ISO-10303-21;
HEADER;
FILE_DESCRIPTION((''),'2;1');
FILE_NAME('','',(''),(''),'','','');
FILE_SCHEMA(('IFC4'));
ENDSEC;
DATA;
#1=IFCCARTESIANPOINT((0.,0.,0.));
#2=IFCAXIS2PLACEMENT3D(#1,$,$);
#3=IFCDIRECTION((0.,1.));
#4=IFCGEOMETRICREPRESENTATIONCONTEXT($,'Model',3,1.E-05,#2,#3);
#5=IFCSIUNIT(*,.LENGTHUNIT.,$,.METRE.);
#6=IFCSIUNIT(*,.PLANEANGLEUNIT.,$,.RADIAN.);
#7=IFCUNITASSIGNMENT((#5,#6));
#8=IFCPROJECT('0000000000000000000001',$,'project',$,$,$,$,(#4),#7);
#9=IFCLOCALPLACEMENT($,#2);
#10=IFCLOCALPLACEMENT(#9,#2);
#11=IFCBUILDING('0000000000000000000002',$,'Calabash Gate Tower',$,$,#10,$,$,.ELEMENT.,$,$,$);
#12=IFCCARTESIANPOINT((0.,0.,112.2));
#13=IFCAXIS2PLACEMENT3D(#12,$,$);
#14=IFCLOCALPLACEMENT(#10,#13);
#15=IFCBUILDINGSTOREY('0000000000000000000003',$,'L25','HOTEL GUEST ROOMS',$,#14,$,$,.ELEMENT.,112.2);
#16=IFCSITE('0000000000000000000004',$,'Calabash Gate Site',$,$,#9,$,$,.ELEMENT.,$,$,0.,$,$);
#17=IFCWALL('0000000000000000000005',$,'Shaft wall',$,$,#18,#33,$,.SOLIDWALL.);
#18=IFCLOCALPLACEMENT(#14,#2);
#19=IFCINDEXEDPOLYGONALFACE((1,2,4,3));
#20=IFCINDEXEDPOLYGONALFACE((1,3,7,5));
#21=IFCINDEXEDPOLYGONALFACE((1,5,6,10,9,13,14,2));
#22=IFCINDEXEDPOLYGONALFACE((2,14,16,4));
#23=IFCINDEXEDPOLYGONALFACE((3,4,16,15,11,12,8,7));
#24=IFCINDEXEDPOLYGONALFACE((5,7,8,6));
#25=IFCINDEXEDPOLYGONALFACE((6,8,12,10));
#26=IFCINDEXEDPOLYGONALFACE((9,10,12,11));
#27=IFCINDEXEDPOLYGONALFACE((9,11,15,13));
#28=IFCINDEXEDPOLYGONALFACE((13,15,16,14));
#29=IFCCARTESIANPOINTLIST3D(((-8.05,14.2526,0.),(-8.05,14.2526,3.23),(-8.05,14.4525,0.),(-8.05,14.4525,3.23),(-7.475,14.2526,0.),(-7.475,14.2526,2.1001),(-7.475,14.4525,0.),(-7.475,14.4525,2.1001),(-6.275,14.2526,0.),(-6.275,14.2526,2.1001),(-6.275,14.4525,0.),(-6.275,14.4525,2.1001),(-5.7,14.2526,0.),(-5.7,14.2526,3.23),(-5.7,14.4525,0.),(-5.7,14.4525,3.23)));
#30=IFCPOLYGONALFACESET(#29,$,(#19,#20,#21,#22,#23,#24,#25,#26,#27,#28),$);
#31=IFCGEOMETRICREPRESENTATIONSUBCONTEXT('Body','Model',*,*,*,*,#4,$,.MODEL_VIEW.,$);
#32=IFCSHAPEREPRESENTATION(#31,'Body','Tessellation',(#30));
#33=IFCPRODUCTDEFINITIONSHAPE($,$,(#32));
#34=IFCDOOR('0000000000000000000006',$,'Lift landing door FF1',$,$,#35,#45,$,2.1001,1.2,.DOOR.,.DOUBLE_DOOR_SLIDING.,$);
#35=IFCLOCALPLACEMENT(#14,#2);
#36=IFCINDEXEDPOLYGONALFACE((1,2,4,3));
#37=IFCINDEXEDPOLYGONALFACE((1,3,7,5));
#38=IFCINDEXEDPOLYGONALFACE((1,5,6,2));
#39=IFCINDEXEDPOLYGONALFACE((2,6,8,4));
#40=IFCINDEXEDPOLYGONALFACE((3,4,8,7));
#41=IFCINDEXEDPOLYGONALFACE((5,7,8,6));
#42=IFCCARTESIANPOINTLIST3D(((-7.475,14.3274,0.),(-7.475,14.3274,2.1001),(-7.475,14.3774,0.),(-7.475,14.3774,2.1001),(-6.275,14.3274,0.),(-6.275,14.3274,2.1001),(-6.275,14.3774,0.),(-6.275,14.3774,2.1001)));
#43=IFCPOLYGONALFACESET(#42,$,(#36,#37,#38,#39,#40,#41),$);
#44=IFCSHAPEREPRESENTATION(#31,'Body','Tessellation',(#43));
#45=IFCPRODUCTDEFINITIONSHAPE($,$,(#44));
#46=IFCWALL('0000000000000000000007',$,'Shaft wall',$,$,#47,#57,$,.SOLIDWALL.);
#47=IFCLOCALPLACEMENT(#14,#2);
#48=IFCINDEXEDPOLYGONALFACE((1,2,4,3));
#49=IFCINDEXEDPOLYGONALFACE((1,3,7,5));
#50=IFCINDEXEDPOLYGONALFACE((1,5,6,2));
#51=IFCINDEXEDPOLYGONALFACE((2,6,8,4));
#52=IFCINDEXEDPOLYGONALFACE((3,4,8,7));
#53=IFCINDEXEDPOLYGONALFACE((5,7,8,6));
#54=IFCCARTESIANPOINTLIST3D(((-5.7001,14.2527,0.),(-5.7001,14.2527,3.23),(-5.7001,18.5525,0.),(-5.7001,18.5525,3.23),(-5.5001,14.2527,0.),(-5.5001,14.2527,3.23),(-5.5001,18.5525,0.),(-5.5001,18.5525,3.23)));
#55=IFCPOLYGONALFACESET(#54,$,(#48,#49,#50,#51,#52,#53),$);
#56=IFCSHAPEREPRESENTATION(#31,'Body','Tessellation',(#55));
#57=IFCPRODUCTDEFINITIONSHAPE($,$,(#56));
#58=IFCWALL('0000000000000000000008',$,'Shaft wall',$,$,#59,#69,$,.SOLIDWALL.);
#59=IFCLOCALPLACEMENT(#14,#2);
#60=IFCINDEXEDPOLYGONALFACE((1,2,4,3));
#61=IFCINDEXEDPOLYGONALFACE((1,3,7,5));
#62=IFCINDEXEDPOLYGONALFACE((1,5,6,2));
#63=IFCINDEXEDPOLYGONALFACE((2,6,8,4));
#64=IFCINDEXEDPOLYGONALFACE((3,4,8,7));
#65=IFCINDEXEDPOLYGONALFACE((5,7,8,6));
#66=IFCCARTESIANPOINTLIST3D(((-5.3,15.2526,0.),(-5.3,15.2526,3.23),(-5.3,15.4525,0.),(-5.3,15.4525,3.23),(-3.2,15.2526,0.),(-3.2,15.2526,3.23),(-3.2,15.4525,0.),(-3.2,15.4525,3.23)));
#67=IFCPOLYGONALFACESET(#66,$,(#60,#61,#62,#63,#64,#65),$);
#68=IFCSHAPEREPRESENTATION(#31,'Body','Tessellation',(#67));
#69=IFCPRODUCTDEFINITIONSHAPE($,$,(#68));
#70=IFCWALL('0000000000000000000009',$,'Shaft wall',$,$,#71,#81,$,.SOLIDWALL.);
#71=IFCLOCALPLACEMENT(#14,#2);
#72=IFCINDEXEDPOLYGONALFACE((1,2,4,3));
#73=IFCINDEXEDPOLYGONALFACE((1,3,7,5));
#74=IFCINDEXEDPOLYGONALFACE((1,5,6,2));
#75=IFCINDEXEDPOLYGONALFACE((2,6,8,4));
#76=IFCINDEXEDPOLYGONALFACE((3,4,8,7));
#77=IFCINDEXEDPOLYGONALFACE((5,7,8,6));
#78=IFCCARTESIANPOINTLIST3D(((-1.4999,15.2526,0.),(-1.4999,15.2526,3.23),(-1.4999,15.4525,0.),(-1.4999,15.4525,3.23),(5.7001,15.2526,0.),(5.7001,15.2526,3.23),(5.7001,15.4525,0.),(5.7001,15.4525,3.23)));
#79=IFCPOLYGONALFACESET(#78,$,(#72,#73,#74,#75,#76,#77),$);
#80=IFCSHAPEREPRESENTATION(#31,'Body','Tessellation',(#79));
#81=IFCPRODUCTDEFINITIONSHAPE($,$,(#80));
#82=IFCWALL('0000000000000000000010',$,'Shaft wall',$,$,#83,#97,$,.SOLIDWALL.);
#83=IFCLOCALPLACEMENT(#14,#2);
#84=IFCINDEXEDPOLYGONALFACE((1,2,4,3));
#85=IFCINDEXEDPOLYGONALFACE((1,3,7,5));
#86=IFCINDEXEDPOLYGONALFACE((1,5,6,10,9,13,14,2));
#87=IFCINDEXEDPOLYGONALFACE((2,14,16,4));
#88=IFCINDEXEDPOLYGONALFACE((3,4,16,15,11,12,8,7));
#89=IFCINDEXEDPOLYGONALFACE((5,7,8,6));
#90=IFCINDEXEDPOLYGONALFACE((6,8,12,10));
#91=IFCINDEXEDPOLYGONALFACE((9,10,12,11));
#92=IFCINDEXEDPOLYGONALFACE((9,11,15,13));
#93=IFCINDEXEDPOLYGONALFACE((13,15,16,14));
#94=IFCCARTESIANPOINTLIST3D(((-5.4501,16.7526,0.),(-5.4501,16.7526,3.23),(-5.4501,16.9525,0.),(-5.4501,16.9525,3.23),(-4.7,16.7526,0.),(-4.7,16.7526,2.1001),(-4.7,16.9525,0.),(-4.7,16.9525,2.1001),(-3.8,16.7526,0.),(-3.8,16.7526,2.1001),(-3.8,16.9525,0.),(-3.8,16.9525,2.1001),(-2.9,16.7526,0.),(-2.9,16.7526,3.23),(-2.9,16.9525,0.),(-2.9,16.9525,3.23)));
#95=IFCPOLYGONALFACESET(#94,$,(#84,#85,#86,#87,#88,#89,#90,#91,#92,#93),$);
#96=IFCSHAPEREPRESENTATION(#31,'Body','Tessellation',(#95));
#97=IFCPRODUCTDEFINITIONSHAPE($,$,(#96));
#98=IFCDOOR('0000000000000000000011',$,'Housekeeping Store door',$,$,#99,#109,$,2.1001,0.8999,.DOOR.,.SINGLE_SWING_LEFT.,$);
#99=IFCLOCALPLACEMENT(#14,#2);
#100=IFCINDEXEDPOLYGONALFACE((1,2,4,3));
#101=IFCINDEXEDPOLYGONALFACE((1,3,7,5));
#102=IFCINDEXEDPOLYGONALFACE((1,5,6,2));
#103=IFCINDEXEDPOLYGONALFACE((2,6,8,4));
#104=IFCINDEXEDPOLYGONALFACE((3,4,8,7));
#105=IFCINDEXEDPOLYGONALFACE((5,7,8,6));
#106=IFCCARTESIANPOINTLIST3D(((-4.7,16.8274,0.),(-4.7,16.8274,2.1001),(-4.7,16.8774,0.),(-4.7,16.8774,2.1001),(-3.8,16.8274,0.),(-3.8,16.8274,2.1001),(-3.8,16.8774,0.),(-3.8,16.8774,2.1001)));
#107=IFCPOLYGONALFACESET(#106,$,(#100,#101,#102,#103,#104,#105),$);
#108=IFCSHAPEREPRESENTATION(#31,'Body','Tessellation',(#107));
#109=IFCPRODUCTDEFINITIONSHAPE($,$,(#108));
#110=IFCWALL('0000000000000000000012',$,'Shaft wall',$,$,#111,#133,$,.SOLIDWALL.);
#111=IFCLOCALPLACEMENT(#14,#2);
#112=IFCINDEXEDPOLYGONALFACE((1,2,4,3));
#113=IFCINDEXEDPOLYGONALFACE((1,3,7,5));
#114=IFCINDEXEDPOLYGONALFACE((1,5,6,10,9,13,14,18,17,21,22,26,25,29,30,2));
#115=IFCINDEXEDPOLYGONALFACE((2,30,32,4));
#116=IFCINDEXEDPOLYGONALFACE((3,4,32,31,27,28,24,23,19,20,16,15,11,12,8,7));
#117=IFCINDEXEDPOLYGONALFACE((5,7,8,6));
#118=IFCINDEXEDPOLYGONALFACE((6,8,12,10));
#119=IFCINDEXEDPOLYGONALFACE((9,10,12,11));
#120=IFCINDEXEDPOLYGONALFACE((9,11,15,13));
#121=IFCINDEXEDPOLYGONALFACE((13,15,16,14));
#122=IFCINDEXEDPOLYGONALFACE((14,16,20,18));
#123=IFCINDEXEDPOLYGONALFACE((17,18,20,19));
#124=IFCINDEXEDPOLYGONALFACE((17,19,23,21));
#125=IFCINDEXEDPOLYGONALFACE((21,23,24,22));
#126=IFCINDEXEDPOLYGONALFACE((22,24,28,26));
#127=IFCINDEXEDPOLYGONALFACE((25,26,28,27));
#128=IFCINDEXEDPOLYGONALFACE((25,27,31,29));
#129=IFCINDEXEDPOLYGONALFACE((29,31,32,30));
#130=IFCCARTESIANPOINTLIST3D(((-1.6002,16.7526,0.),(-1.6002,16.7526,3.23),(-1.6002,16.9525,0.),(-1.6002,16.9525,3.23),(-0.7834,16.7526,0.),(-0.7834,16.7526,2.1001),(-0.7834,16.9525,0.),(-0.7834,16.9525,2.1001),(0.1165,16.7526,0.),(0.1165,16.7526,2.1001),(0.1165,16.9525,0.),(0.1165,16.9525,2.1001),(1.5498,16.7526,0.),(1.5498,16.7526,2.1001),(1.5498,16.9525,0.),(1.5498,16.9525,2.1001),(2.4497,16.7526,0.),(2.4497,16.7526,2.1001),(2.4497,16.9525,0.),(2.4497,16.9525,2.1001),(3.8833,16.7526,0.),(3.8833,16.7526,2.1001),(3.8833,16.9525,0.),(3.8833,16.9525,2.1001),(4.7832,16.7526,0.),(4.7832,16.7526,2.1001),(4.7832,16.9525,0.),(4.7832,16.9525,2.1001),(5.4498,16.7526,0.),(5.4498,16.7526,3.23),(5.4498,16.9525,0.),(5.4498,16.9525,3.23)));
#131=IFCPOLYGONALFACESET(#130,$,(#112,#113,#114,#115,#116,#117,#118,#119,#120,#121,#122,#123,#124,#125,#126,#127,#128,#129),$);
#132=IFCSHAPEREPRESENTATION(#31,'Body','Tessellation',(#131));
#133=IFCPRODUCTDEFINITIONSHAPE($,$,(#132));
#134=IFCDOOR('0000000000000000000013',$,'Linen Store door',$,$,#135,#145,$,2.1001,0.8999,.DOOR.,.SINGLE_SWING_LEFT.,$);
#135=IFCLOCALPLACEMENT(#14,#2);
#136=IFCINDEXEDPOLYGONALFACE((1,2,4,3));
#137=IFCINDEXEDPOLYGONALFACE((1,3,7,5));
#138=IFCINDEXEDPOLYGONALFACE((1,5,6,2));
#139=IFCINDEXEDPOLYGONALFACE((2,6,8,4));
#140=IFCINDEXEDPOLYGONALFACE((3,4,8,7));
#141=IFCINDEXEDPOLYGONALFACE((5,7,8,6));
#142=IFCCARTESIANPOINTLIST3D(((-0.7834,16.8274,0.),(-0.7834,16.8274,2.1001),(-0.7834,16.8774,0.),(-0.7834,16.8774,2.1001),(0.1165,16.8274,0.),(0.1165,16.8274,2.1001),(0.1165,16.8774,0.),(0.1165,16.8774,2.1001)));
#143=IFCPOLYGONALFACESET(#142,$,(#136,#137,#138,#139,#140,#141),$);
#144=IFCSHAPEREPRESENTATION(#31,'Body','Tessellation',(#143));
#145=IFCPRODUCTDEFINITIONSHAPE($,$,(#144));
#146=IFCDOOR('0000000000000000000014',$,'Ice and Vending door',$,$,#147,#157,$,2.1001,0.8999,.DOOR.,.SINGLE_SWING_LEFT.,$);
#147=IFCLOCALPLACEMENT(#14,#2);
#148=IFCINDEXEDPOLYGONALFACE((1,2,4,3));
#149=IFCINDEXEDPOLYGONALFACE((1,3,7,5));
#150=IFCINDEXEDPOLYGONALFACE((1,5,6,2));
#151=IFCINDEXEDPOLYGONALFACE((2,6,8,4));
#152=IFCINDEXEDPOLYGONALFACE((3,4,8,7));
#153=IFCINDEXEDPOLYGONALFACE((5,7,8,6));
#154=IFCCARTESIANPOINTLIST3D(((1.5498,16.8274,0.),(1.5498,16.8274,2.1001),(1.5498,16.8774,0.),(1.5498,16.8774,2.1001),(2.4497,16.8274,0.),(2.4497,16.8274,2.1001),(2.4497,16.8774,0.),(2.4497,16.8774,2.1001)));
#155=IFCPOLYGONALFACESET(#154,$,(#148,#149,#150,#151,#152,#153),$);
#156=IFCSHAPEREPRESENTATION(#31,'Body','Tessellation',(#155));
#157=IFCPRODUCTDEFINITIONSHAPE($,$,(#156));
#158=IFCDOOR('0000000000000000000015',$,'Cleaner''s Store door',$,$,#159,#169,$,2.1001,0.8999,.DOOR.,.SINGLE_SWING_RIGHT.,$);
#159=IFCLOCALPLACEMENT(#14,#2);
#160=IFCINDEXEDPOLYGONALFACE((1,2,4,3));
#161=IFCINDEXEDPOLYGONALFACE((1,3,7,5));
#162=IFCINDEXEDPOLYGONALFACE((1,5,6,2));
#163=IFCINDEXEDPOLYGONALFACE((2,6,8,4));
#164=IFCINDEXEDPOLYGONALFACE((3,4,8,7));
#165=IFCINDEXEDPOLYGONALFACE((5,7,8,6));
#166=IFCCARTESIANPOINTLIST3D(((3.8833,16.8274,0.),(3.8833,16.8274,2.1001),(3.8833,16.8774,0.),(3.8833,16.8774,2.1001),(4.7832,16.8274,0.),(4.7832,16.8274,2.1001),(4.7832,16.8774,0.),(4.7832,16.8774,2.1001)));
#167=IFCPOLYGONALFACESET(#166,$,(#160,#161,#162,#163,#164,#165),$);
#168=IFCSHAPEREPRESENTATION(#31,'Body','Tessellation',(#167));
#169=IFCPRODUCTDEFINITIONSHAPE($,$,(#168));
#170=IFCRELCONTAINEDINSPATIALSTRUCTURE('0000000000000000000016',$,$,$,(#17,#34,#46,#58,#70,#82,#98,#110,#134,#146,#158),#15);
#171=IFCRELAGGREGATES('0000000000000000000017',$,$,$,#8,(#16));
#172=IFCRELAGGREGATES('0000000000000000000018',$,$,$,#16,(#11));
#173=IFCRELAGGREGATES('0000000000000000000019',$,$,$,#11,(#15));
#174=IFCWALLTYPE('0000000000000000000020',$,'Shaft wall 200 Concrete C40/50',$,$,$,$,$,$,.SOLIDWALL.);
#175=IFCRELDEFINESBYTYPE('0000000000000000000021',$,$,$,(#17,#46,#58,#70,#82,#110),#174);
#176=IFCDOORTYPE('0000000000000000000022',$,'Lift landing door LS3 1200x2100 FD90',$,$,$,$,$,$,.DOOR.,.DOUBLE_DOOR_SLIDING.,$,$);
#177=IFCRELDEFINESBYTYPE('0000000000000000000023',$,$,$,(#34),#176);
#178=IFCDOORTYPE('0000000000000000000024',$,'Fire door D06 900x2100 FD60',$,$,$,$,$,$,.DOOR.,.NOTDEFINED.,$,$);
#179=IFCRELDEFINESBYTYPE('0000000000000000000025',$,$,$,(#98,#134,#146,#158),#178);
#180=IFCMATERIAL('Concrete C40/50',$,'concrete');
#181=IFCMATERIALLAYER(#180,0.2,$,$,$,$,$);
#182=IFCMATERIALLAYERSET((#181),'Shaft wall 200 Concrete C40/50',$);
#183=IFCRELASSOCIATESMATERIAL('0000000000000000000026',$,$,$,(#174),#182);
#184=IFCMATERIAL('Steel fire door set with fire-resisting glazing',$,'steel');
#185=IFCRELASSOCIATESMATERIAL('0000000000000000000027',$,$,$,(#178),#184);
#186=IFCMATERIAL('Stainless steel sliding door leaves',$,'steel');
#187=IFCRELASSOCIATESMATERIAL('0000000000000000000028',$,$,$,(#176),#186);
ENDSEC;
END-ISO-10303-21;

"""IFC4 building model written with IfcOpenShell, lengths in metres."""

from ifc_helpers import new_model, si_unit, direction, frame, frame_2d, origin, place, context, subcontext, project, spatial, rectangle, extrude, material, layer, layer_set, type_object, element, fill, save


model = new_model("IFC4")

# Units and contexts
model_context = context("Model", 3, precision=1e-05, world=origin(), true_north=direction((0.0, 1.0)))
body_context = subcontext(model_context, "Body", "Model", "MODEL_VIEW")
ifc_project = project(units=[si_unit("LENGTHUNIT", "METRE"), si_unit("PLANEANGLEUNIT", "RADIAN")], contexts=[model_context])

# Site, building, storey
site_placement = place(None, origin())
site = spatial("IfcSite", under=ifc_project, at=site_placement, Name="Calabash Gate Site", CompositionType="ELEMENT", RefElevation=0.0)
building_placement = place(site_placement, origin())
building = spatial("IfcBuilding", under=site, at=building_placement, Name="Calabash Gate Tower", CompositionType="ELEMENT")
storey_placement = place(building_placement, frame((0.0, 0.0, 112.2)))
storey = spatial("IfcBuildingStorey", under=building, at=storey_placement, Name="L25", Description="HOTEL GUEST ROOMS", CompositionType="ELEMENT", Elevation=112.2)

# Shared definitions
ifc_material_1 = material(Name="Concrete C40/50", Category="concrete")
ifc_layer_1 = layer(ifc_material_1, 0.2)
ifc_layer_set_1 = layer_set([ifc_layer_1], Name="Shaft wall 200 Concrete C40/50")
wall_type_1 = type_object("IfcWallType", Name="Shaft wall 200 Concrete C40/50", PredefinedType="SOLIDWALL", material=ifc_layer_set_1)
ifc_material_2 = material(Name="Steel fire door set with fire-resisting glazing", Category="steel")
door_type_1 = type_object("IfcDoorType", Name="Fire door D06 900x2100 FD60", OperationType="NOTDEFINED", PredefinedType="DOOR", material=ifc_material_2)

# Wall, opening, door
wall_1_placement = place(storey_placement, frame((-8.05, 14.3525, 0.0), z_axis=(0.0, 0.0, 1.0), x_axis=(1.0, 0.0, 0.0)))
wall_1 = element("IfcWall", 1, at=wall_1_placement, inside=storey, type_object=wall_type_1, Name="Shaft wall", PredefinedType="SOLIDWALL", context=body_context, shape_type="SweptSolid", body=[
    extrude(rectangle(XDim=2.3501, YDim=0.2, at=frame_2d((1.175, 0.0))), origin(), (0.0, 0.0, 1.0), 3.23),
])
opening_1_placement = place(wall_1_placement, frame((0.575, 0.0, 0.0)))
opening_1 = element("IfcOpeningElement", 2, at=opening_1_placement, cuts=wall_1, PredefinedType="OPENING", context=body_context, shape_type="SweptSolid", body=[
    extrude(rectangle(XDim=1.2, YDim=2.1001, at=frame_2d((0.6001, 1.05))), frame((0.0, 0.1099, 0.0), z_axis=(0.0, -1.0, 0.0), x_axis=(1.0, 0.0, 0.0)), (0.0, 0.0, 1.0), 0.22),
])
ifc_material_3 = material(Name="Stainless steel sliding door leaves", Category="steel")
door_type_2 = type_object("IfcDoorType", Name="Lift landing door LS3 1200x2100 FD90", OperationType="DOUBLE_DOOR_SLIDING", PredefinedType="DOOR", material=ifc_material_3)
door_1_placement = place(opening_1_placement, origin())
door_1 = element("IfcDoor", 3, at=door_1_placement, inside=storey, type_object=door_type_2, Name="Lift landing door FF1", OperationType="DOUBLE_DOOR_SLIDING", OverallHeight=2.1001, OverallWidth=1.2, PredefinedType="DOOR", context=body_context, shape_type="SweptSolid", body=[
    extrude(rectangle(XDim=1.2, YDim=2.1001, at=frame_2d((0.6001, 1.05))), frame((0.0, 0.0249, 0.0), z_axis=(0.0, -1.0, 0.0), x_axis=(1.0, 0.0, 0.0)), (0.0, 0.0, 1.0), 0.05),
])
fill(opening_1, door_1)

# Walls
wall_2_placement = place(storey_placement, frame((-5.6001, 14.2527, 0.0), z_axis=(0.0, 0.0, 1.0), x_axis=(0.0, 1.0, 0.0)))
element("IfcWall", 4, at=wall_2_placement, inside=storey, type_object=wall_type_1, Name="Shaft wall", PredefinedType="SOLIDWALL", context=body_context, shape_type="SweptSolid", body=[
    extrude(rectangle(XDim=4.2998, YDim=0.2, at=frame_2d((2.1499, 0.0))), origin(), (0.0, 0.0, 1.0), 3.23),
])
wall_3_placement = place(storey_placement, frame((-5.3, 15.3525, 0.0), z_axis=(0.0, 0.0, 1.0), x_axis=(1.0, 0.0, 0.0)))
element("IfcWall", 5, at=wall_3_placement, inside=storey, type_object=wall_type_1, Name="Shaft wall", PredefinedType="SOLIDWALL", context=body_context, shape_type="SweptSolid", body=[
    extrude(rectangle(XDim=2.1001, YDim=0.2, at=frame_2d((1.05, 0.0))), origin(), (0.0, 0.0, 1.0), 3.23),
])
wall_4_placement = place(storey_placement, frame((-1.5, 15.3525, 0.0), z_axis=(0.0, 0.0, 1.0), x_axis=(1.0, 0.0, 0.0)))
element("IfcWall", 6, at=wall_4_placement, inside=storey, type_object=wall_type_1, Name="Shaft wall", PredefinedType="SOLIDWALL", context=body_context, shape_type="SweptSolid", body=[
    extrude(rectangle(XDim=7.2, YDim=0.2, at=frame_2d((3.6001, 0.0))), origin(), (0.0, 0.0, 1.0), 3.23),
])

# Wall, opening, door
wall_5_placement = place(storey_placement, frame((-5.45, 16.8525, 0.0), z_axis=(0.0, 0.0, 1.0), x_axis=(1.0, 0.0, 0.0)))
wall_5 = element("IfcWall", 7, at=wall_5_placement, inside=storey, type_object=wall_type_1, Name="Shaft wall", PredefinedType="SOLIDWALL", context=body_context, shape_type="SweptSolid", body=[
    extrude(rectangle(XDim=2.55, YDim=0.2, at=frame_2d((1.2749, 0.0))), origin(), (0.0, 0.0, 1.0), 3.23),
])
opening_2_placement = place(wall_5_placement, frame((0.75, 0.0, 0.0)))
opening_2 = element("IfcOpeningElement", 8, at=opening_2_placement, cuts=wall_5, PredefinedType="OPENING", context=body_context, shape_type="SweptSolid", body=[
    extrude(rectangle(XDim=0.8999, YDim=2.1001, at=frame_2d((0.45, 1.05))), frame((0.0, 0.1099, 0.0), z_axis=(0.0, -1.0, 0.0), x_axis=(1.0, 0.0, 0.0)), (0.0, 0.0, 1.0), 0.22),
])
door_2_placement = place(opening_2_placement, origin())
door_2 = element("IfcDoor", 9, at=door_2_placement, inside=storey, type_object=door_type_1, Name="Housekeeping Store door", OperationType="SINGLE_SWING_LEFT", OverallHeight=2.1001, OverallWidth=0.8999, PredefinedType="DOOR", context=body_context, shape_type="SweptSolid", body=[
    extrude(rectangle(XDim=0.8999, YDim=2.1001, at=frame_2d((0.45, 1.05))), frame((0.0, 0.0249, 0.0), z_axis=(0.0, -1.0, 0.0), x_axis=(1.0, 0.0, 0.0)), (0.0, 0.0, 1.0), 0.05),
])
fill(opening_2, door_2)

# Wall, openings, doors
wall_6_placement = place(storey_placement, frame((-1.6001, 16.8525, 0.0), z_axis=(0.0, 0.0, 1.0), x_axis=(1.0, 0.0, 0.0)))
wall_6 = element("IfcWall", 10, at=wall_6_placement, inside=storey, type_object=wall_type_1, Name="Shaft wall", PredefinedType="SOLIDWALL", context=body_context, shape_type="SweptSolid", body=[
    extrude(rectangle(XDim=7.05, YDim=0.2, at=frame_2d((3.5249, 0.0))), origin(), (0.0, 0.0, 1.0), 3.23),
])
opening_3_placement = place(wall_6_placement, frame((0.8167, 0.0, 0.0)))
opening_3 = element("IfcOpeningElement", 11, at=opening_3_placement, cuts=wall_6, PredefinedType="OPENING", context=body_context, shape_type="SweptSolid", body=[
    extrude(rectangle(XDim=0.8999, YDim=2.1001, at=frame_2d((0.45, 1.05))), frame((0.0, 0.1099, 0.0), z_axis=(0.0, -1.0, 0.0), x_axis=(1.0, 0.0, 0.0)), (0.0, 0.0, 1.0), 0.22),
])
opening_4_placement = place(wall_6_placement, frame((3.1499, 0.0, 0.0)))
opening_4 = element("IfcOpeningElement", 12, at=opening_4_placement, cuts=wall_6, PredefinedType="OPENING", context=body_context, shape_type="SweptSolid", body=[
    extrude(rectangle(XDim=0.8999, YDim=2.1001, at=frame_2d((0.45, 1.05))), frame((0.0, 0.1099, 0.0), z_axis=(0.0, -1.0, 0.0), x_axis=(1.0, 0.0, 0.0)), (0.0, 0.0, 1.0), 0.22),
])
opening_5_placement = place(wall_6_placement, frame((5.4834, 0.0, 0.0)))
opening_5 = element("IfcOpeningElement", 13, at=opening_5_placement, cuts=wall_6, PredefinedType="OPENING", context=body_context, shape_type="SweptSolid", body=[
    extrude(rectangle(XDim=0.8999, YDim=2.1001, at=frame_2d((0.45, 1.05))), frame((0.0, 0.1099, 0.0), z_axis=(0.0, -1.0, 0.0), x_axis=(1.0, 0.0, 0.0)), (0.0, 0.0, 1.0), 0.22),
])
door_3_placement = place(opening_3_placement, origin())
door_3 = element("IfcDoor", 14, at=door_3_placement, inside=storey, type_object=door_type_1, Name="Linen Store door", OperationType="SINGLE_SWING_LEFT", OverallHeight=2.1001, OverallWidth=0.8999, PredefinedType="DOOR", context=body_context, shape_type="SweptSolid", body=[
    extrude(rectangle(XDim=0.8999, YDim=2.1001, at=frame_2d((0.45, 1.05))), frame((0.0, 0.0249, 0.0), z_axis=(0.0, -1.0, 0.0), x_axis=(1.0, 0.0, 0.0)), (0.0, 0.0, 1.0), 0.05),
])
fill(opening_3, door_3)
door_4_placement = place(opening_4_placement, origin())
door_4 = element("IfcDoor", 15, at=door_4_placement, inside=storey, type_object=door_type_1, Name="Ice and Vending door", OperationType="SINGLE_SWING_LEFT", OverallHeight=2.1001, OverallWidth=0.8999, PredefinedType="DOOR", context=body_context, shape_type="SweptSolid", body=[
    extrude(rectangle(XDim=0.8999, YDim=2.1001, at=frame_2d((0.45, 1.05))), frame((0.0, 0.0249, 0.0), z_axis=(0.0, -1.0, 0.0), x_axis=(1.0, 0.0, 0.0)), (0.0, 0.0, 1.0), 0.05),
])
fill(opening_4, door_4)
door_5_placement = place(opening_5_placement, origin())
door_5 = element("IfcDoor", 16, at=door_5_placement, inside=storey, type_object=door_type_1, Name="Cleaner's Store door", OperationType="SINGLE_SWING_RIGHT", OverallHeight=2.1001, OverallWidth=0.8999, PredefinedType="DOOR", context=body_context, shape_type="SweptSolid", body=[
    extrude(rectangle(XDim=0.8999, YDim=2.1001, at=frame_2d((0.45, 1.05))), frame((0.0, 0.0249, 0.0), z_axis=(0.0, -1.0, 0.0), x_axis=(1.0, 0.0, 0.0)), (0.0, 0.0, 1.0), 0.05),
])
fill(opening_5, door_5)

save(model, "model.ifc")
